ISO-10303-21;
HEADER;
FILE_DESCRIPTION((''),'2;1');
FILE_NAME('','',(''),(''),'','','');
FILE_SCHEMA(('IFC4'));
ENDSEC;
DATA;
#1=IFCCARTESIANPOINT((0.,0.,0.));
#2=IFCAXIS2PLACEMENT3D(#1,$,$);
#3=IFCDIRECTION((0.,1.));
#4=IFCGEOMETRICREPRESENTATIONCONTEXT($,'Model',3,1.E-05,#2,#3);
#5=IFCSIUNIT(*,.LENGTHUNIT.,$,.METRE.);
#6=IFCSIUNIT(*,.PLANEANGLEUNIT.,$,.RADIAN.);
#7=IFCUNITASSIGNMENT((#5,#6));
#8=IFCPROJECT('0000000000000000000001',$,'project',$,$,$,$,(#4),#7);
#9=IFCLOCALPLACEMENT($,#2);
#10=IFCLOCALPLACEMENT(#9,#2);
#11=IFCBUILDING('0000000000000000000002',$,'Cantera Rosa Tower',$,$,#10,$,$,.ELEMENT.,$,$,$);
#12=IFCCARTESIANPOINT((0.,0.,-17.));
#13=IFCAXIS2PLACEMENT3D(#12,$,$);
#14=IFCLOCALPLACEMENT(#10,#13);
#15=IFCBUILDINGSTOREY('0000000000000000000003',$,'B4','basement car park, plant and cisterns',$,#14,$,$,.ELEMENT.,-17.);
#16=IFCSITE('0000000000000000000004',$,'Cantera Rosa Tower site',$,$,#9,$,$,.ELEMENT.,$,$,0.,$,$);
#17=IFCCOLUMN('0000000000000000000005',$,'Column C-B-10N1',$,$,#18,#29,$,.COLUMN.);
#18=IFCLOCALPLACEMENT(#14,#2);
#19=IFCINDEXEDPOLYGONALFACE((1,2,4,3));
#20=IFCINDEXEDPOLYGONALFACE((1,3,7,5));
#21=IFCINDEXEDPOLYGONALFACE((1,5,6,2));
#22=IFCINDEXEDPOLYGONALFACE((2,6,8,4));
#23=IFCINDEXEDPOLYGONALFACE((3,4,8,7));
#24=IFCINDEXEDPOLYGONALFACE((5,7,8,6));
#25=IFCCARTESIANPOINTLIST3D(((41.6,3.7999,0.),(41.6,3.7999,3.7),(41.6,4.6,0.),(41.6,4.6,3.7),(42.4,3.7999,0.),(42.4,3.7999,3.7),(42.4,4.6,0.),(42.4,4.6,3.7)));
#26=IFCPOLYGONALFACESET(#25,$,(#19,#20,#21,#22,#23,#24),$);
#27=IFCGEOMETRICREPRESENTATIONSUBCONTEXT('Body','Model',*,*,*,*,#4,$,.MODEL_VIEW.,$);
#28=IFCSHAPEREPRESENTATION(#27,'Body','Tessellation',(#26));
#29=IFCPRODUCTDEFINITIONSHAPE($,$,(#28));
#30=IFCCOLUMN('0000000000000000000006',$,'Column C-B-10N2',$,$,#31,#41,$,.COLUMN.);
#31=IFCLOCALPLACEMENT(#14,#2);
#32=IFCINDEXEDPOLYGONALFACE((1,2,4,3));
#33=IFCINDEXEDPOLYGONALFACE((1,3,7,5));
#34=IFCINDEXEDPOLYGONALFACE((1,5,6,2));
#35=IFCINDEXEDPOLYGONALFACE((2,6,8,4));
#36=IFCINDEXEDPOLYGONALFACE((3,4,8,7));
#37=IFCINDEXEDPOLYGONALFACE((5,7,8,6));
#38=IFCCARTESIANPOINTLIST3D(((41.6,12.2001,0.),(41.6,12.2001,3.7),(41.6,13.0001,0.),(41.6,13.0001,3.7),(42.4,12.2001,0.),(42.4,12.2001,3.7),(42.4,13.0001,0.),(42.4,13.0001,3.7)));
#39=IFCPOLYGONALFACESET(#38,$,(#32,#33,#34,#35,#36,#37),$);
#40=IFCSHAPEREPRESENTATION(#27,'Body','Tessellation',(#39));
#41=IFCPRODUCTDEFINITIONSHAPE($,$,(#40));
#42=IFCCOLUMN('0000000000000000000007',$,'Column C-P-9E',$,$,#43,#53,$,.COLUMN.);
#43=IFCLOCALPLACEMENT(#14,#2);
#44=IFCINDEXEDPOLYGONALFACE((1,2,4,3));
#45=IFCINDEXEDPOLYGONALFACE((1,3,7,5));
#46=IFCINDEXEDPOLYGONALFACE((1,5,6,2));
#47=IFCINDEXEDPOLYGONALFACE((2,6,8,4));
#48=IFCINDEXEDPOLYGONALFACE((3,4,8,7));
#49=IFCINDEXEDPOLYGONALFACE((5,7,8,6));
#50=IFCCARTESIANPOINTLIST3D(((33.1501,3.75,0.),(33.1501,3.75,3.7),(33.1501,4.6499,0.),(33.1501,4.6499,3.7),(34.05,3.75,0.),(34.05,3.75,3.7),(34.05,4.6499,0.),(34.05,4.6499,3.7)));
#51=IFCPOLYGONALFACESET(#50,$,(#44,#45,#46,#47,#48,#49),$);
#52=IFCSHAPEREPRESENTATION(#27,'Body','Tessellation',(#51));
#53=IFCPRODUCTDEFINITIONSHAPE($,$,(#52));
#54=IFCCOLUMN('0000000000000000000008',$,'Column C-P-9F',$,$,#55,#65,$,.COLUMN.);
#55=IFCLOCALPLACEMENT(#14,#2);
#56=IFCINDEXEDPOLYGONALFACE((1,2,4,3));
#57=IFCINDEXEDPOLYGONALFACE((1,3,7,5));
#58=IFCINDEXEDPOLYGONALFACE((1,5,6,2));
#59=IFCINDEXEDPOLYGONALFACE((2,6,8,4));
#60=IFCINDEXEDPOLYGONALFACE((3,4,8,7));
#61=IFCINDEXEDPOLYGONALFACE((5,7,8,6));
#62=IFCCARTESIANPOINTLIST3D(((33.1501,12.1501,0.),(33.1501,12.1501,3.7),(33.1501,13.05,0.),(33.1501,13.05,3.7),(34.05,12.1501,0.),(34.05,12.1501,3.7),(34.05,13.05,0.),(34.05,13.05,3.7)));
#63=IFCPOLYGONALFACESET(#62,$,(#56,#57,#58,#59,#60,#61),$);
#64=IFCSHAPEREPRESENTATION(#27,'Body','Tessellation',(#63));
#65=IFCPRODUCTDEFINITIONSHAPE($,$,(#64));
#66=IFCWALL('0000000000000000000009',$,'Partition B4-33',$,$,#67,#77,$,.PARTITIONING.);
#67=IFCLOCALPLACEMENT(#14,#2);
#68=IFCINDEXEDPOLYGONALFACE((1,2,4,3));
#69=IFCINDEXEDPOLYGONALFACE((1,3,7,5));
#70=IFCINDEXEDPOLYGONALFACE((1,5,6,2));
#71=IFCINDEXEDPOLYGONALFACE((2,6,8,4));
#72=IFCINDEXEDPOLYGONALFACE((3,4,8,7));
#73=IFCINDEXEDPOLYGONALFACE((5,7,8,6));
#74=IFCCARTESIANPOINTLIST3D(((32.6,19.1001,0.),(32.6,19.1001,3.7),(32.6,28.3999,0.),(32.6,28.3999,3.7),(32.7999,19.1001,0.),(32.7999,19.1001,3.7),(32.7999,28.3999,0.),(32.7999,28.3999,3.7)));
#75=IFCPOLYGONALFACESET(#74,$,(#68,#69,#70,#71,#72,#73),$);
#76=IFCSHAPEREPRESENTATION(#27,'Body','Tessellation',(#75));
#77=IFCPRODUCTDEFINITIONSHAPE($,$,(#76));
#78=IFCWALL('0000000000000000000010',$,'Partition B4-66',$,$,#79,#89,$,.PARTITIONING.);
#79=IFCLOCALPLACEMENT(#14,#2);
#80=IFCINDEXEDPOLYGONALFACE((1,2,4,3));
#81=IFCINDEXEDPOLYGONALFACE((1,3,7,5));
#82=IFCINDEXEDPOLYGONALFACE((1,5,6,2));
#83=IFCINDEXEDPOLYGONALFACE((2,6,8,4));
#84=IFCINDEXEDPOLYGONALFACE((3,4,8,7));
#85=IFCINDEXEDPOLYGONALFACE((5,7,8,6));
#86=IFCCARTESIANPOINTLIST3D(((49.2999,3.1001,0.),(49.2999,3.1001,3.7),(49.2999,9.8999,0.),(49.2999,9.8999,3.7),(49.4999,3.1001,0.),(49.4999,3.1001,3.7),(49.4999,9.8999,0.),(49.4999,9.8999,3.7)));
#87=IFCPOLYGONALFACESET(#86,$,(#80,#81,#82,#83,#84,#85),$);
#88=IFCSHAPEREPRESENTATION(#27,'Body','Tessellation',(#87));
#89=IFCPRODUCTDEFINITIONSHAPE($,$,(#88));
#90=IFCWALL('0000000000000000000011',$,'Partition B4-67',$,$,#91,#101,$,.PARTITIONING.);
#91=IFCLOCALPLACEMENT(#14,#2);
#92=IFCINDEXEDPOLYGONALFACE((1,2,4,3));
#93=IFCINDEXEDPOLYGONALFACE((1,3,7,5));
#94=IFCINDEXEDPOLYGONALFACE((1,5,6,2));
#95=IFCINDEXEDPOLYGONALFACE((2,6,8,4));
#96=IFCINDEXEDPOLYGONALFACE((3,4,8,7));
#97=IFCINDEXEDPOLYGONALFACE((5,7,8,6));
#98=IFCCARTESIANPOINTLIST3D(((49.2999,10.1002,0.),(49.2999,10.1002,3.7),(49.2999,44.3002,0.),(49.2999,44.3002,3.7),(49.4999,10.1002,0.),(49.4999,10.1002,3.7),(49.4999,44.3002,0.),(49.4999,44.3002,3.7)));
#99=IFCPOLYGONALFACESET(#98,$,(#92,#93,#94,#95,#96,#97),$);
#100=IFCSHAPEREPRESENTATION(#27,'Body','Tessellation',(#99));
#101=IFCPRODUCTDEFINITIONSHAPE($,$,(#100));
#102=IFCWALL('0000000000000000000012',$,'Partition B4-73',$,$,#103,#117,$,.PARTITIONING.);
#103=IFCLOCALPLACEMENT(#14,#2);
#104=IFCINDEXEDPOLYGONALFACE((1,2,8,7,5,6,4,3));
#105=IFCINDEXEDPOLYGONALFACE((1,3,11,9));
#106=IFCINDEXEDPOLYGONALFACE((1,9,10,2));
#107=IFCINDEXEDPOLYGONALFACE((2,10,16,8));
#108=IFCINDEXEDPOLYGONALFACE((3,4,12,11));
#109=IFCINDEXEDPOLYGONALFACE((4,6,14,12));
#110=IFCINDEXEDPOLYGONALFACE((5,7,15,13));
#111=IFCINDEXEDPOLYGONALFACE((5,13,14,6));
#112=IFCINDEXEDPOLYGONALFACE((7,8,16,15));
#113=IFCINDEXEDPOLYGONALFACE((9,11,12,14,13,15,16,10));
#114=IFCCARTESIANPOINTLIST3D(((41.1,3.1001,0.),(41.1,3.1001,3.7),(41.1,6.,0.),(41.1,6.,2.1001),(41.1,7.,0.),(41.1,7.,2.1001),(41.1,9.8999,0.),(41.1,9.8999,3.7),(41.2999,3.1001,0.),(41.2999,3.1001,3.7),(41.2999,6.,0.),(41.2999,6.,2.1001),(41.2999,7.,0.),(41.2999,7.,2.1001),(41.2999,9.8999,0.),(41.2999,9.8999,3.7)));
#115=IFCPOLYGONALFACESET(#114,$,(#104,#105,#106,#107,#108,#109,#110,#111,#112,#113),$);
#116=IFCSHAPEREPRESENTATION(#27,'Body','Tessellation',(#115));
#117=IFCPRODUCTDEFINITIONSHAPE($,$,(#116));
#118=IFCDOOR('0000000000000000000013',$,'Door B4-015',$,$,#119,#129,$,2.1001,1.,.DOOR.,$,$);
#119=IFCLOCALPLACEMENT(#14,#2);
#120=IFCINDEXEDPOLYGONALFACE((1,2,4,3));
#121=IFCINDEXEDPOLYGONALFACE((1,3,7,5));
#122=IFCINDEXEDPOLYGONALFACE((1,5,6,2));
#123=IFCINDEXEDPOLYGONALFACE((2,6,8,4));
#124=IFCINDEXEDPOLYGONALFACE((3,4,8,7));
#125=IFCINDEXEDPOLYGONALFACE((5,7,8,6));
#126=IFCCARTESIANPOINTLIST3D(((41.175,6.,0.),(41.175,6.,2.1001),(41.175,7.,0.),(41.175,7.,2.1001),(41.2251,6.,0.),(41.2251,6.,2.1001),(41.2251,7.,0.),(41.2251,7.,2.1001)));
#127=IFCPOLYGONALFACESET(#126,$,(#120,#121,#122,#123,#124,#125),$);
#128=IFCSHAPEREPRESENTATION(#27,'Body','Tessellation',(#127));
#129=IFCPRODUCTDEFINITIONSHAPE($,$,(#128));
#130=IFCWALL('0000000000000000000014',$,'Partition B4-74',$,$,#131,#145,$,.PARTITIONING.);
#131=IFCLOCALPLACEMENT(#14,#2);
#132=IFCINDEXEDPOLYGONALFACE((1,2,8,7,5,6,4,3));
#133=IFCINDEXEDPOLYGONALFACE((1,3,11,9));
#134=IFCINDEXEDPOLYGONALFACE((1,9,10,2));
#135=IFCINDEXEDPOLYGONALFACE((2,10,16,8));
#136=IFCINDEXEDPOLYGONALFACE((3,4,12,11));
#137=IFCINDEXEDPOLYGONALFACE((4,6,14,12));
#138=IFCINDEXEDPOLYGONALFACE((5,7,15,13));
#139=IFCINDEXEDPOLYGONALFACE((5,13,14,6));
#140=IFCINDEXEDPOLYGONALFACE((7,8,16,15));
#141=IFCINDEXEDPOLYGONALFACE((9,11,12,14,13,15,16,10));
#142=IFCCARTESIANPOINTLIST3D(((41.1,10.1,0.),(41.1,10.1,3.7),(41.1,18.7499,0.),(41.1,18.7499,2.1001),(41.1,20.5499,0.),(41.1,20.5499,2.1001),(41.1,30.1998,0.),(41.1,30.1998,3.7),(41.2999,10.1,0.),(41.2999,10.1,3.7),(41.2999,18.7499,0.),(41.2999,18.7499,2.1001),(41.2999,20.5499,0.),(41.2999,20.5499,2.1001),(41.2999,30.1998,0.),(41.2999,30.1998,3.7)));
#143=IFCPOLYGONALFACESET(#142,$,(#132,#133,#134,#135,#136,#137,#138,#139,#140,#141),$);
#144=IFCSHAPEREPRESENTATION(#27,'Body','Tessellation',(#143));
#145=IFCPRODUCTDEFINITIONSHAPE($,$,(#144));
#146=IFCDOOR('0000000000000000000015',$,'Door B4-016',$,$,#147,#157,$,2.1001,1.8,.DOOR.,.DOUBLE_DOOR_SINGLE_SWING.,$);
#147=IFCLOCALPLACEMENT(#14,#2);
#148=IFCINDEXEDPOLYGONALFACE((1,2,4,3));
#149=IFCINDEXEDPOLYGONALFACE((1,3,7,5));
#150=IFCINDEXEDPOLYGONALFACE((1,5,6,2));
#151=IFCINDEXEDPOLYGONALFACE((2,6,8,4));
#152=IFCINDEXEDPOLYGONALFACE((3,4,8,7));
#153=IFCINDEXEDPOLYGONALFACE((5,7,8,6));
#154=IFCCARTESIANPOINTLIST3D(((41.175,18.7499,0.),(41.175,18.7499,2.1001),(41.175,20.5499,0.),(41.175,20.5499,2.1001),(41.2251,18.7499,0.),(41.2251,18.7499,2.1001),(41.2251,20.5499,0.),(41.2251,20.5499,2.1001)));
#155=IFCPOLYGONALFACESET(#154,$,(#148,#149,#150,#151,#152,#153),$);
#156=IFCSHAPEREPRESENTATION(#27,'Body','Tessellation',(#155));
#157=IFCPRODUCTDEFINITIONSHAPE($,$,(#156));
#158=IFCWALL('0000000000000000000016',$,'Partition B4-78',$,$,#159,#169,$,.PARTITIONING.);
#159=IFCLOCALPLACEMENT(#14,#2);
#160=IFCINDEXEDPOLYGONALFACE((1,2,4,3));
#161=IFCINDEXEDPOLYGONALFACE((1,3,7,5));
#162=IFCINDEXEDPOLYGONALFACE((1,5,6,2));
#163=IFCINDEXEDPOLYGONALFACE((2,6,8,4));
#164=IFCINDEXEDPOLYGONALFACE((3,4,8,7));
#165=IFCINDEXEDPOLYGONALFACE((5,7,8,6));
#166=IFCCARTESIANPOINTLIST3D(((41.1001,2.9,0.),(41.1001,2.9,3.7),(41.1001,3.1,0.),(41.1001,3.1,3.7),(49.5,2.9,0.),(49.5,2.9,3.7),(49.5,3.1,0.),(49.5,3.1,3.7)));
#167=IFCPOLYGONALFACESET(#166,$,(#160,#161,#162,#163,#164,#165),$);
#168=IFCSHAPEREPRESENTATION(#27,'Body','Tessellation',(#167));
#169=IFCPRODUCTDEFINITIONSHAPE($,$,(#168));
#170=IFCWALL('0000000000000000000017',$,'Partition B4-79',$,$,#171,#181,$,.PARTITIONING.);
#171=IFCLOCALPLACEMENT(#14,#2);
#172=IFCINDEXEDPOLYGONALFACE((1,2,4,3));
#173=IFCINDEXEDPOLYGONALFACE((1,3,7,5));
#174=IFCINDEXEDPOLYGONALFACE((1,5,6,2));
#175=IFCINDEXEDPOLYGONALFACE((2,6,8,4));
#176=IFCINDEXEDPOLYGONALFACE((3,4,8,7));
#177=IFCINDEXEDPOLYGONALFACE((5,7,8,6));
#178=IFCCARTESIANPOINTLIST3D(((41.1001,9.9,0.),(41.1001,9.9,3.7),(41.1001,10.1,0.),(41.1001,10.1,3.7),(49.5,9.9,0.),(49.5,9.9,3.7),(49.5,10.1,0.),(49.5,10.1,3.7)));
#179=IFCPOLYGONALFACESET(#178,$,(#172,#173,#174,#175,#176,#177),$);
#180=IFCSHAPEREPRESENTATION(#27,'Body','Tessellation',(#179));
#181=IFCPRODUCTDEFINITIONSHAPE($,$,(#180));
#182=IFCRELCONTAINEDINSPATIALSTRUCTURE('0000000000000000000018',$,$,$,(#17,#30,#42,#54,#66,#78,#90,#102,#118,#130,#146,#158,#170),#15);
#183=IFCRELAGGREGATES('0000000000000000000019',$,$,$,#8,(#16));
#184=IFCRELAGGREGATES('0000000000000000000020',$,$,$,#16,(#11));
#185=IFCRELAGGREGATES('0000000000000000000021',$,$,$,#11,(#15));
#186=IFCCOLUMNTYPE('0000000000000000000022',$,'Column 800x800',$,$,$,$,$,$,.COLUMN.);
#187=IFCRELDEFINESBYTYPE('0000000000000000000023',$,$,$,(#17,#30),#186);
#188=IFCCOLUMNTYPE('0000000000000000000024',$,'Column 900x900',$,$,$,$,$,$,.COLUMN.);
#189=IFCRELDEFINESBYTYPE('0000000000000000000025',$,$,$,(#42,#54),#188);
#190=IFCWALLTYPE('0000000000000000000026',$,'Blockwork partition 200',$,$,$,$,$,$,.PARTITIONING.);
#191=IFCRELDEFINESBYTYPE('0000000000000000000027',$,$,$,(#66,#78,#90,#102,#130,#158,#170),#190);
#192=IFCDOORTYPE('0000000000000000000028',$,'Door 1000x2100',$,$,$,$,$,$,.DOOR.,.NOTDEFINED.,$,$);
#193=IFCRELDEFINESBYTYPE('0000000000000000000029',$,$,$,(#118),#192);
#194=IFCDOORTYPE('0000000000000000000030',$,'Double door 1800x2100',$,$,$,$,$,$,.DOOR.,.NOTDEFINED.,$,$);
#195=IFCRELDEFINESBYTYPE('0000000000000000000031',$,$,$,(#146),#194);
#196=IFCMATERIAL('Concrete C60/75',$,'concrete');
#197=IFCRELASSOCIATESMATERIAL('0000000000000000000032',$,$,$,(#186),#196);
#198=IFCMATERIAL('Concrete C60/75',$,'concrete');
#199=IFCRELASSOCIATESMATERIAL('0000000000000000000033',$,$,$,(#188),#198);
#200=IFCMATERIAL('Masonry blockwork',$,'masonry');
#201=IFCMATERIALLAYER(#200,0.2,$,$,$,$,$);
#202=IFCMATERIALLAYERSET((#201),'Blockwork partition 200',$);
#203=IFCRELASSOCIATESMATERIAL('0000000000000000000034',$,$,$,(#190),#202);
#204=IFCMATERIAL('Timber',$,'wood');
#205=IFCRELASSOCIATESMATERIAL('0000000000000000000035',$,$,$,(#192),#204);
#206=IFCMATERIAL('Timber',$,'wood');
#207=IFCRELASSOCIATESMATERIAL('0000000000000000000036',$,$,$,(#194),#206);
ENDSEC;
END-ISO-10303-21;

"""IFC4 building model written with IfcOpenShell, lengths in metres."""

from ifc_helpers import new_model, si_unit, direction, frame, frame_2d, origin, origin_2d, place, context, subcontext, project, spatial, rectangle, extrude, material, layer, layer_set, material_profile, profile_set, type_object, element, fill, save


model = new_model("IFC4")

# Units and contexts
model_context = context("Model", 3, precision=1e-05, world=origin(), true_north=direction((0.0, 1.0)))
body_context = subcontext(model_context, "Body", "Model", "MODEL_VIEW")
ifc_project = project(units=[si_unit("LENGTHUNIT", "METRE"), si_unit("PLANEANGLEUNIT", "RADIAN")], contexts=[model_context])

# Site, building, storey
site_placement = place(None, origin())
site = spatial("IfcSite", under=ifc_project, at=site_placement, Name="Cantera Rosa Tower site", CompositionType="ELEMENT", RefElevation=0.0)
building_placement = place(site_placement, origin())
building = spatial("IfcBuilding", under=site, at=building_placement, Name="Cantera Rosa Tower", CompositionType="ELEMENT")
storey_placement = place(building_placement, frame((0.0, 0.0, -17.0)))
storey = spatial("IfcBuildingStorey", under=building, at=storey_placement, Name="B4", Description="basement car park, plant and cisterns", CompositionType="ELEMENT", Elevation=-17.0)

# Columns
ifc_material_1 = material(Name="Concrete C60/75", Category="concrete")
ifc_material_profile_1 = material_profile(ifc_material_1, rectangle(XDim=0.8, YDim=0.8, at=origin_2d()), Name="Column 800x800")
ifc_profile_set_1 = profile_set([ifc_material_profile_1], Name="Concrete C60/75")
column_type_1 = type_object("IfcColumnType", Name="Column 800x800", PredefinedType="COLUMN", material=ifc_profile_set_1)
for number, where, z_axis, x_axis, name in (
    (1, (42.0, 4.2, 0.0), (0.0, 0.0, 1.0), (1.0, 0.0, 0.0), "Column C-B-10N1"),
    (2, (42.0, 12.6001, 0.0), (0.0, 0.0, 1.0), (1.0, 0.0, 0.0), "Column C-B-10N2"),
):
    element("IfcColumn", number, at=place(storey_placement, frame(where, z_axis=z_axis, x_axis=x_axis)), inside=storey, type_object=column_type_1, Name=name, PredefinedType="COLUMN", context=body_context, shape_type="SweptSolid", body=[
        extrude(rectangle(XDim=0.8, YDim=0.8, at=origin_2d()), origin(), (0.0, 0.0, 1.0), 3.7),
    ])
ifc_material_2 = material(Name="Concrete C60/75", Category="concrete")
ifc_material_profile_2 = material_profile(ifc_material_2, rectangle(XDim=0.8999, YDim=0.8999, at=origin_2d()), Name="Column 900x900")
ifc_profile_set_2 = profile_set([ifc_material_profile_2], Name="Concrete C60/75")
column_type_2 = type_object("IfcColumnType", Name="Column 900x900", PredefinedType="COLUMN", material=ifc_profile_set_2)
for number, where, z_axis, x_axis, name in (
    (3, (33.6001, 4.2, 0.0), (0.0, 0.0, 1.0), (1.0, 0.0, 0.0), "Column C-P-9E"),
    (4, (33.6001, 12.6001, 0.0), (0.0, 0.0, 1.0), (1.0, 0.0, 0.0), "Column C-P-9F"),
):
    element("IfcColumn", number, at=place(storey_placement, frame(where, z_axis=z_axis, x_axis=x_axis)), inside=storey, type_object=column_type_2, Name=name, PredefinedType="COLUMN", context=body_context, shape_type="SweptSolid", body=[
        extrude(rectangle(XDim=0.8999, YDim=0.8999, at=origin_2d()), origin(), (0.0, 0.0, 1.0), 3.7),
    ])

# Walls
ifc_material_3 = material(Name="Masonry blockwork", Category="masonry")
ifc_layer_1 = layer(ifc_material_3, 0.2)
ifc_layer_set_1 = layer_set([ifc_layer_1], Name="Blockwork partition 200")
wall_type_1 = type_object("IfcWallType", Name="Blockwork partition 200", PredefinedType="PARTITIONING", material=ifc_layer_set_1)
wall_1_placement = place(storey_placement, frame((32.7, 19.1001, 0.0), z_axis=(0.0, 0.0, 1.0), x_axis=(0.0, 1.0, 0.0)))
element("IfcWall", 5, at=wall_1_placement, inside=storey, type_object=wall_type_1, Name="Partition B4-33", PredefinedType="PARTITIONING", context=body_context, shape_type="SweptSolid", body=[
    extrude(rectangle(XDim=9.2998, YDim=0.2, at=frame_2d((4.6499, 0.0))), origin(), (0.0, 0.0, 1.0), 3.7),
])
wall_2_placement = place(storey_placement, frame((49.3999, 3.1001, 0.0), z_axis=(0.0, 0.0, 1.0), x_axis=(0.0, 1.0, 0.0)))
element("IfcWall", 6, at=wall_2_placement, inside=storey, type_object=wall_type_1, Name="Partition B4-66", PredefinedType="PARTITIONING", context=body_context, shape_type="SweptSolid", body=[
    extrude(rectangle(XDim=6.7998, YDim=0.2, at=frame_2d((3.3999, 0.0))), origin(), (0.0, 0.0, 1.0), 3.7),
])
wall_3_placement = place(storey_placement, frame((49.3999, 10.1001, 0.0), z_axis=(0.0, 0.0, 1.0), x_axis=(0.0, 1.0, 0.0)))
element("IfcWall", 7, at=wall_3_placement, inside=storey, type_object=wall_type_1, Name="Partition B4-67", PredefinedType="PARTITIONING", context=body_context, shape_type="SweptSolid", body=[
    extrude(rectangle(XDim=34.2, YDim=0.2, at=frame_2d((17.1001, 0.0))), origin(), (0.0, 0.0, 1.0), 3.7),
])

# Walls, openings, doors
wall_4_placement = place(storey_placement, frame((41.2, 3.1001, 0.0), z_axis=(0.0, 0.0, 1.0), x_axis=(0.0, 1.0, 0.0)))
wall_4 = element("IfcWall", 8, at=wall_4_placement, inside=storey, type_object=wall_type_1, Name="Partition B4-73", PredefinedType="PARTITIONING", context=body_context, shape_type="SweptSolid", body=[
    extrude(rectangle(XDim=6.7998, YDim=0.2, at=frame_2d((3.3999, 0.0))), origin(), (0.0, 0.0, 1.0), 3.7),
])
opening_1_placement = place(wall_4_placement, frame((2.8999, 0.0, 0.0)))
opening_1 = element("IfcOpeningElement", 9, at=opening_1_placement, cuts=wall_4, PredefinedType="OPENING", context=body_context, shape_type="SweptSolid", body=[
    extrude(rectangle(XDim=1.0, YDim=2.1001, at=frame_2d((0.5, 1.05))), frame((0.0, 0.1099, 0.0), z_axis=(0.0, -1.0, 0.0), x_axis=(1.0, 0.0, 0.0)), (0.0, 0.0, 1.0), 0.22),
])
ifc_material_4 = material(Name="Timber", Category="wood")
door_type_1 = type_object("IfcDoorType", Name="Door 1000x2100", OperationType="NOTDEFINED", PredefinedType="DOOR", material=ifc_material_4)
door_1_placement = place(opening_1_placement, origin())
door_1 = element("IfcDoor", 10, at=door_1_placement, inside=storey, type_object=door_type_1, Name="Door B4-015", OverallHeight=2.1001, OverallWidth=1.0, PredefinedType="DOOR", context=body_context, shape_type="SweptSolid", body=[
    extrude(rectangle(XDim=1.0, YDim=2.1001, at=frame_2d((0.5, 1.05))), frame((0.0, 0.0249, 0.0), z_axis=(0.0, -1.0, 0.0), x_axis=(1.0, 0.0, 0.0)), (0.0, 0.0, 1.0), 0.05),
])
fill(opening_1, door_1)
wall_5_placement = place(storey_placement, frame((41.2, 10.1001, 0.0), z_axis=(0.0, 0.0, 1.0), x_axis=(0.0, 1.0, 0.0)))
wall_5 = element("IfcWall", 11, at=wall_5_placement, inside=storey, type_object=wall_type_1, Name="Partition B4-74", PredefinedType="PARTITIONING", context=body_context, shape_type="SweptSolid", body=[
    extrude(rectangle(XDim=20.0999, YDim=0.2, at=frame_2d((10.0498, 0.0))), origin(), (0.0, 0.0, 1.0), 3.7),
])
opening_2_placement = place(wall_5_placement, frame((8.6499, 0.0, 0.0)))
opening_2 = element("IfcOpeningElement", 12, at=opening_2_placement, cuts=wall_5, PredefinedType="OPENING", context=body_context, shape_type="SweptSolid", body=[
    extrude(rectangle(XDim=1.8, YDim=2.1001, at=frame_2d((0.8999, 1.05))), frame((0.0, 0.1099, 0.0), z_axis=(0.0, -1.0, 0.0), x_axis=(1.0, 0.0, 0.0)), (0.0, 0.0, 1.0), 0.22),
])
ifc_material_5 = material(Name="Timber", Category="wood")
door_type_2 = type_object("IfcDoorType", Name="Double door 1800x2100", OperationType="NOTDEFINED", PredefinedType="DOOR", material=ifc_material_5)
door_2_placement = place(opening_2_placement, origin())
door_2 = element("IfcDoor", 13, at=door_2_placement, inside=storey, type_object=door_type_2, Name="Door B4-016", OperationType="DOUBLE_DOOR_SINGLE_SWING", OverallHeight=2.1001, OverallWidth=1.8, PredefinedType="DOOR", context=body_context, shape_type="SweptSolid", body=[
    extrude(rectangle(XDim=1.8, YDim=2.1001, at=frame_2d((0.8999, 1.05))), frame((0.0, 0.0249, 0.0), z_axis=(0.0, -1.0, 0.0), x_axis=(1.0, 0.0, 0.0)), (0.0, 0.0, 1.0), 0.05),
])
fill(opening_2, door_2)

# Walls
for number, where, z_axis, x_axis, name in (
    (14, (41.1001, 3.0, 0.0), (0.0, 0.0, 1.0), (1.0, 0.0, 0.0), "Partition B4-78"),
    (15, (41.1001, 10.0, 0.0), (0.0, 0.0, 1.0), (1.0, 0.0, 0.0), "Partition B4-79"),
):
    element("IfcWall", number, at=place(storey_placement, frame(where, z_axis=z_axis, x_axis=x_axis)), inside=storey, type_object=wall_type_1, Name=name, PredefinedType="PARTITIONING", context=body_context, shape_type="SweptSolid", body=[
        extrude(rectangle(XDim=8.3999, YDim=0.2, at=frame_2d((4.2, 0.0))), origin(), (0.0, 0.0, 1.0), 3.7),
    ])

save(model, "model.ifc")
